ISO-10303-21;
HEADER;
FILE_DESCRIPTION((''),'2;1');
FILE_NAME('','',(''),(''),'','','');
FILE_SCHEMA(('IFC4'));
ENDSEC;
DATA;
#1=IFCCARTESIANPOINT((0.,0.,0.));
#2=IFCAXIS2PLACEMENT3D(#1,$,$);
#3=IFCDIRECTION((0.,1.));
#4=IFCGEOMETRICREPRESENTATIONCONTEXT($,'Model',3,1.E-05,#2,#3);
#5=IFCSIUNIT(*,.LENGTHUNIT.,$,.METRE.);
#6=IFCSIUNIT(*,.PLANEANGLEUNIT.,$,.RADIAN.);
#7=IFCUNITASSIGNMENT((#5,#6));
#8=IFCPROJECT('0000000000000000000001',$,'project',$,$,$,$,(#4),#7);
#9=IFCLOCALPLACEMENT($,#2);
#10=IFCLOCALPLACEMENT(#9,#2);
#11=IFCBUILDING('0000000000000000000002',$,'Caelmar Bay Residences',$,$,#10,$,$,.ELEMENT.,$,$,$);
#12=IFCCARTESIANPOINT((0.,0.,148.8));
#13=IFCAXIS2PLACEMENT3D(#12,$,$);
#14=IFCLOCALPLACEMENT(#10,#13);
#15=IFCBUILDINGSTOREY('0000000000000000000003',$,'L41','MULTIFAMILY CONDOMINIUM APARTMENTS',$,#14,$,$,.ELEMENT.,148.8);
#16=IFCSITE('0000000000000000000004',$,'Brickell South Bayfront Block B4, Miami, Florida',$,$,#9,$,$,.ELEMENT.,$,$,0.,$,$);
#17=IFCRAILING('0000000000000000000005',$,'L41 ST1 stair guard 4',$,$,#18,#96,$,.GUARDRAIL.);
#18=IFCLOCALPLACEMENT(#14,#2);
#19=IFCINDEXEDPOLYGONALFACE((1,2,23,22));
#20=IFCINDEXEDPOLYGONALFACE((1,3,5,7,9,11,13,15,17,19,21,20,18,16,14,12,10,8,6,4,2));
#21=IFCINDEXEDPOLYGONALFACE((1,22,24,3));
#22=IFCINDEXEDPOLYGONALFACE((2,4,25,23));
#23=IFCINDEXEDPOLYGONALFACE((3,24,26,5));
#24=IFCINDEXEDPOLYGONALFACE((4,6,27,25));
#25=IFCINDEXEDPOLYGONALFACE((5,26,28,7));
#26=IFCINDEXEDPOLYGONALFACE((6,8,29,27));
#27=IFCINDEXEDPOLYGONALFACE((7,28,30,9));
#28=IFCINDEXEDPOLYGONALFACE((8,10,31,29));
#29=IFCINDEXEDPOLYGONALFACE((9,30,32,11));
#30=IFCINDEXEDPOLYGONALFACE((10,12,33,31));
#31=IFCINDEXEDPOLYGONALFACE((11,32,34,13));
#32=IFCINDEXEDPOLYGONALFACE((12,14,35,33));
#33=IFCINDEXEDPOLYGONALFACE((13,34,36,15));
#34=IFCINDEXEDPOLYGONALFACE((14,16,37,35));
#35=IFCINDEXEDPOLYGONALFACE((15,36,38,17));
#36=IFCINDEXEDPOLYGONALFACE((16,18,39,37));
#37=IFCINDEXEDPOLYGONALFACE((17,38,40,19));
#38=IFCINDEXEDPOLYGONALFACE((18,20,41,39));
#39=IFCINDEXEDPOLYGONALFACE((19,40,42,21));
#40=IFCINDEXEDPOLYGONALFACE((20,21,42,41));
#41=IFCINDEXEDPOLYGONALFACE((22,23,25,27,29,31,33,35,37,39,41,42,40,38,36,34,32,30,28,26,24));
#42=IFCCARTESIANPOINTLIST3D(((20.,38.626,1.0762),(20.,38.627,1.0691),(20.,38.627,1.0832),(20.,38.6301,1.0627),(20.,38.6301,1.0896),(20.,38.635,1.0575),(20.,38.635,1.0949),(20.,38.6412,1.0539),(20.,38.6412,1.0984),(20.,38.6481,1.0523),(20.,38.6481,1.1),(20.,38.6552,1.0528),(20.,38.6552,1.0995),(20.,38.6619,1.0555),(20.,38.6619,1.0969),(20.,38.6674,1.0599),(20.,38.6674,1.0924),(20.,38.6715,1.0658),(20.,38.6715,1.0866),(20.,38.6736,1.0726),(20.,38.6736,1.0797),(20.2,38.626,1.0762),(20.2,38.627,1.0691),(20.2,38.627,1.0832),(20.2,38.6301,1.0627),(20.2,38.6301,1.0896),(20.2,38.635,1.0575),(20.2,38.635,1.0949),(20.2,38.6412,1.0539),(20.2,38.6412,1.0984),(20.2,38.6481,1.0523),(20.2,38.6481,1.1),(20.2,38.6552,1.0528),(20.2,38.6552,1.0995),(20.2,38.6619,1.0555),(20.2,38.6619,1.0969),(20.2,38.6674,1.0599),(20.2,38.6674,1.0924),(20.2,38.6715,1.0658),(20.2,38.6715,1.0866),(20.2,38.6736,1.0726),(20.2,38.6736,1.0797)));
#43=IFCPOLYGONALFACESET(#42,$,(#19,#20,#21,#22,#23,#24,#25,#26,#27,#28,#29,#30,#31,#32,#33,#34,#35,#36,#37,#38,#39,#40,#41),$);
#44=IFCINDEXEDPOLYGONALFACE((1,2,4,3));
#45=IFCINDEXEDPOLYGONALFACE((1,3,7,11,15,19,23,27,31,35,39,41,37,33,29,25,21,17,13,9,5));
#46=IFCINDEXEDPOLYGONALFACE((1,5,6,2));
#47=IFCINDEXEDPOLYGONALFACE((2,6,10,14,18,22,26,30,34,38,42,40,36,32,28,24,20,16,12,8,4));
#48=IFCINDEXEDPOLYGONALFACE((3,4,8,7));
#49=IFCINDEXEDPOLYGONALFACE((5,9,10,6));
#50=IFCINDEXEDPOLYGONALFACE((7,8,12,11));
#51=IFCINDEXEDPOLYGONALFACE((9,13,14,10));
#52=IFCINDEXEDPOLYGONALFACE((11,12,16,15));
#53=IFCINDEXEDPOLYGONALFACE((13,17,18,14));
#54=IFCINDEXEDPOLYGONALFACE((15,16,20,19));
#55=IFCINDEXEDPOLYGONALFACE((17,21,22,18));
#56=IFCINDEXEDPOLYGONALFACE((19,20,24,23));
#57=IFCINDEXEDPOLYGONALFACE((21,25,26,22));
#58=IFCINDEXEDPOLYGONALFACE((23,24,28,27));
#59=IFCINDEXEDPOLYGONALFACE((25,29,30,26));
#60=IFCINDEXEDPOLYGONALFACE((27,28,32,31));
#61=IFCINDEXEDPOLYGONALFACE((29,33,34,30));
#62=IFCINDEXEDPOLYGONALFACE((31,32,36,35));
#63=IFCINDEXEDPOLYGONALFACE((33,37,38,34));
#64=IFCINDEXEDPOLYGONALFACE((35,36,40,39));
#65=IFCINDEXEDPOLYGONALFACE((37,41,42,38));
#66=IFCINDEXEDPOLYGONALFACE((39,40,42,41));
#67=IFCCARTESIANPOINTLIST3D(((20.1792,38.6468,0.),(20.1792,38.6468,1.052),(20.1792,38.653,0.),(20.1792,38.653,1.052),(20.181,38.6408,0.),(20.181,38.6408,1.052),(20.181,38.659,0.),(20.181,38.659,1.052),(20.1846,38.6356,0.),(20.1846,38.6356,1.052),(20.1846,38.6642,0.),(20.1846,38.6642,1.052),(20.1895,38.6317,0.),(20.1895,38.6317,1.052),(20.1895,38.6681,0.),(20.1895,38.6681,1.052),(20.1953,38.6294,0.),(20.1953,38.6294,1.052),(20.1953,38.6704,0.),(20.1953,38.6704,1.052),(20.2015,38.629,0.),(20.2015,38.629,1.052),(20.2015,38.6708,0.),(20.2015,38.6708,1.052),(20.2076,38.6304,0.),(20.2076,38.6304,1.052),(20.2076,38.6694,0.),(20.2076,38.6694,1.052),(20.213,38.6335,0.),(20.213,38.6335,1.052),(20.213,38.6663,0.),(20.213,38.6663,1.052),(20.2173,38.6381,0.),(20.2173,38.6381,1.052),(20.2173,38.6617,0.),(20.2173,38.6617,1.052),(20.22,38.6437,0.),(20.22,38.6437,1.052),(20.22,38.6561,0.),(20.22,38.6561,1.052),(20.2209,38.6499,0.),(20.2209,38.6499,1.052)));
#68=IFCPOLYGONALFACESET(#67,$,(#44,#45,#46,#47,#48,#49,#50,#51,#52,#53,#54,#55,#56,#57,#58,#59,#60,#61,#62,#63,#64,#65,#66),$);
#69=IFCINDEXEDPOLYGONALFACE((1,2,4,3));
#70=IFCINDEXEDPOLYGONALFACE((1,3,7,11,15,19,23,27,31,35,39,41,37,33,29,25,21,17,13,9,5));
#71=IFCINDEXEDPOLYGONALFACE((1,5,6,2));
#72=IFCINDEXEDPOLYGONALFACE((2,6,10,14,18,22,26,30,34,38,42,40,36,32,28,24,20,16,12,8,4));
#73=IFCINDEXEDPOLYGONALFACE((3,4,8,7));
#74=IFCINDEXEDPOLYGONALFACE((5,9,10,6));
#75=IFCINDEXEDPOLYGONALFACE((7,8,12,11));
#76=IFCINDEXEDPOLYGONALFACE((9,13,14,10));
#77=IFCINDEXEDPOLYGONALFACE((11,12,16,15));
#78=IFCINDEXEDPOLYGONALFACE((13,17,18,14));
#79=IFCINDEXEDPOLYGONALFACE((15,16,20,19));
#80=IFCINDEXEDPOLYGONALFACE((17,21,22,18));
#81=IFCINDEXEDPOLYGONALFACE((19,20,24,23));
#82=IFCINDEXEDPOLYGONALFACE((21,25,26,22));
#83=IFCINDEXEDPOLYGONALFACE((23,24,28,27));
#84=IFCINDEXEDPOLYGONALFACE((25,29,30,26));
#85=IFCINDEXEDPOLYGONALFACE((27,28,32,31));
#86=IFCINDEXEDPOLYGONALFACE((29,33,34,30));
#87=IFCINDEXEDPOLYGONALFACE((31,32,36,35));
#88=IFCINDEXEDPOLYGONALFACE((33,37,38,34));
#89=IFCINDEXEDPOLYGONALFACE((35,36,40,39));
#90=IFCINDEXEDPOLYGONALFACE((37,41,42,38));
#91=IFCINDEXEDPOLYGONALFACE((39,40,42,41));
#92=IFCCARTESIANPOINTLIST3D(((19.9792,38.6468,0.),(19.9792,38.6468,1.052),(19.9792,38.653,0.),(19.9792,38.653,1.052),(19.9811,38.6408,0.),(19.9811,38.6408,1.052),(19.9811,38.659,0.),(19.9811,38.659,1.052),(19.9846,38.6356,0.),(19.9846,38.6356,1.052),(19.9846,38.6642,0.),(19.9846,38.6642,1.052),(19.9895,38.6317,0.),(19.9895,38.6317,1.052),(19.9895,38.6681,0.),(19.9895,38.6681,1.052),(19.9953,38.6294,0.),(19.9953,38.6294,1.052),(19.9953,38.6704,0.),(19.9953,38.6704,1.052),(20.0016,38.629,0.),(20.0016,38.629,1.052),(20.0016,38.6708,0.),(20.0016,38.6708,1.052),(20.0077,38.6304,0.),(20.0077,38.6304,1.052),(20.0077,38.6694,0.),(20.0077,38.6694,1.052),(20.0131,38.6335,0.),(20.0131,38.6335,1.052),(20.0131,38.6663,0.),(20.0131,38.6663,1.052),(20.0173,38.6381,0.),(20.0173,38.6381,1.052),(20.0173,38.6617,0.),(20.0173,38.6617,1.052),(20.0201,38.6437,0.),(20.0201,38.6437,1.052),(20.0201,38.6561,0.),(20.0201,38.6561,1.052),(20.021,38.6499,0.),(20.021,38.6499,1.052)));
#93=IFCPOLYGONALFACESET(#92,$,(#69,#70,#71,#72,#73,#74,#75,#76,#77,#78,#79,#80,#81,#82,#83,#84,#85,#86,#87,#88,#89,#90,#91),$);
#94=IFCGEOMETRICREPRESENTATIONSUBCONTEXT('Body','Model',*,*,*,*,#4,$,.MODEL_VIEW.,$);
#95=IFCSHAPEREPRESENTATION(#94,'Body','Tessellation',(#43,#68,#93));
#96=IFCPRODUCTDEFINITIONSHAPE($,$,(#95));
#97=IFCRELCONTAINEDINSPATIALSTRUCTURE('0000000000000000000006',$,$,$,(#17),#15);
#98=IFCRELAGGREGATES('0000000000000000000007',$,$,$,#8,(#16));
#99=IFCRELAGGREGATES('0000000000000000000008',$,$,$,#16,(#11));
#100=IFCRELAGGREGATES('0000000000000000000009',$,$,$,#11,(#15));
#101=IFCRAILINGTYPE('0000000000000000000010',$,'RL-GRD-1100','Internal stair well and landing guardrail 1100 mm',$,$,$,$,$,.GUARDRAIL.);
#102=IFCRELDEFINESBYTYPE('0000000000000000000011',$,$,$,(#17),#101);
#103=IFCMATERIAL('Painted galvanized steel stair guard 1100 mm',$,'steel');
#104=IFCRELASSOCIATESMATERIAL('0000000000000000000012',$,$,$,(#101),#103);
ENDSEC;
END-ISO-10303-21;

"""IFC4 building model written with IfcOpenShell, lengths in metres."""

from ifc_helpers import new_model, si_unit, direction, frame, origin, origin_2d, place, context, subcontext, project, spatial, circle, extrude, material, type_object, element, save


model = new_model("IFC4")

# Units and contexts
model_context = context("Model", 3, precision=1e-05, world=origin(), true_north=direction((0.0, 1.0)))
body_context = subcontext(model_context, "Body", "Model", "MODEL_VIEW")
ifc_project = project(units=[si_unit("LENGTHUNIT", "METRE"), si_unit("PLANEANGLEUNIT", "RADIAN")], contexts=[model_context])

# Site, building, storey
site_placement = place(None, origin())
site = spatial("IfcSite", under=ifc_project, at=site_placement, Name="Brickell South Bayfront Block B4, Miami, Florida", CompositionType="ELEMENT", RefElevation=0.0)
building_placement = place(site_placement, origin())
building = spatial("IfcBuilding", under=site, at=building_placement, Name="Caelmar Bay Residences", CompositionType="ELEMENT")
storey_placement = place(building_placement, frame((0.0, 0.0, 148.8)))
storey = spatial("IfcBuildingStorey", under=building, at=storey_placement, Name="L41", Description="MULTIFAMILY CONDOMINIUM APARTMENTS", CompositionType="ELEMENT", Elevation=148.8)

# Railing
ifc_material_1 = material(Name="Painted galvanized steel stair guard 1100 mm", Category="steel")
railing_type_1 = type_object("IfcRailingType", Name="RL-GRD-1100", Description="Internal stair well and landing guardrail 1100 mm", PredefinedType="GUARDRAIL", material=ifc_material_1)
railing_1_placement = place(storey_placement, frame((20.2, 38.6499, 0.0)))
element("IfcRailing", 1, at=railing_1_placement, inside=storey, type_object=railing_type_1, Name="L41 ST1 stair guard 4", PredefinedType="GUARDRAIL", context=body_context, shape_type="SweptSolid", body=[
    extrude(circle(Radius=0.0239, at=origin_2d()), frame((0.0, 0.0, 1.0762), z_axis=(-1.0, 0.0, 0.0), x_axis=(0.0, -1.0, 0.0)), (0.0, 0.0, 1.0), 0.2),
    extrude(circle(Radius=0.021, at=origin_2d()), origin(), (0.0, 0.0, 1.0), 1.052),
    extrude(circle(Radius=0.021, at=origin_2d()), frame((-0.2, 0.0, 0.0)), (0.0, 0.0, 1.0), 1.052),
])

save(model, "model.ifc")
